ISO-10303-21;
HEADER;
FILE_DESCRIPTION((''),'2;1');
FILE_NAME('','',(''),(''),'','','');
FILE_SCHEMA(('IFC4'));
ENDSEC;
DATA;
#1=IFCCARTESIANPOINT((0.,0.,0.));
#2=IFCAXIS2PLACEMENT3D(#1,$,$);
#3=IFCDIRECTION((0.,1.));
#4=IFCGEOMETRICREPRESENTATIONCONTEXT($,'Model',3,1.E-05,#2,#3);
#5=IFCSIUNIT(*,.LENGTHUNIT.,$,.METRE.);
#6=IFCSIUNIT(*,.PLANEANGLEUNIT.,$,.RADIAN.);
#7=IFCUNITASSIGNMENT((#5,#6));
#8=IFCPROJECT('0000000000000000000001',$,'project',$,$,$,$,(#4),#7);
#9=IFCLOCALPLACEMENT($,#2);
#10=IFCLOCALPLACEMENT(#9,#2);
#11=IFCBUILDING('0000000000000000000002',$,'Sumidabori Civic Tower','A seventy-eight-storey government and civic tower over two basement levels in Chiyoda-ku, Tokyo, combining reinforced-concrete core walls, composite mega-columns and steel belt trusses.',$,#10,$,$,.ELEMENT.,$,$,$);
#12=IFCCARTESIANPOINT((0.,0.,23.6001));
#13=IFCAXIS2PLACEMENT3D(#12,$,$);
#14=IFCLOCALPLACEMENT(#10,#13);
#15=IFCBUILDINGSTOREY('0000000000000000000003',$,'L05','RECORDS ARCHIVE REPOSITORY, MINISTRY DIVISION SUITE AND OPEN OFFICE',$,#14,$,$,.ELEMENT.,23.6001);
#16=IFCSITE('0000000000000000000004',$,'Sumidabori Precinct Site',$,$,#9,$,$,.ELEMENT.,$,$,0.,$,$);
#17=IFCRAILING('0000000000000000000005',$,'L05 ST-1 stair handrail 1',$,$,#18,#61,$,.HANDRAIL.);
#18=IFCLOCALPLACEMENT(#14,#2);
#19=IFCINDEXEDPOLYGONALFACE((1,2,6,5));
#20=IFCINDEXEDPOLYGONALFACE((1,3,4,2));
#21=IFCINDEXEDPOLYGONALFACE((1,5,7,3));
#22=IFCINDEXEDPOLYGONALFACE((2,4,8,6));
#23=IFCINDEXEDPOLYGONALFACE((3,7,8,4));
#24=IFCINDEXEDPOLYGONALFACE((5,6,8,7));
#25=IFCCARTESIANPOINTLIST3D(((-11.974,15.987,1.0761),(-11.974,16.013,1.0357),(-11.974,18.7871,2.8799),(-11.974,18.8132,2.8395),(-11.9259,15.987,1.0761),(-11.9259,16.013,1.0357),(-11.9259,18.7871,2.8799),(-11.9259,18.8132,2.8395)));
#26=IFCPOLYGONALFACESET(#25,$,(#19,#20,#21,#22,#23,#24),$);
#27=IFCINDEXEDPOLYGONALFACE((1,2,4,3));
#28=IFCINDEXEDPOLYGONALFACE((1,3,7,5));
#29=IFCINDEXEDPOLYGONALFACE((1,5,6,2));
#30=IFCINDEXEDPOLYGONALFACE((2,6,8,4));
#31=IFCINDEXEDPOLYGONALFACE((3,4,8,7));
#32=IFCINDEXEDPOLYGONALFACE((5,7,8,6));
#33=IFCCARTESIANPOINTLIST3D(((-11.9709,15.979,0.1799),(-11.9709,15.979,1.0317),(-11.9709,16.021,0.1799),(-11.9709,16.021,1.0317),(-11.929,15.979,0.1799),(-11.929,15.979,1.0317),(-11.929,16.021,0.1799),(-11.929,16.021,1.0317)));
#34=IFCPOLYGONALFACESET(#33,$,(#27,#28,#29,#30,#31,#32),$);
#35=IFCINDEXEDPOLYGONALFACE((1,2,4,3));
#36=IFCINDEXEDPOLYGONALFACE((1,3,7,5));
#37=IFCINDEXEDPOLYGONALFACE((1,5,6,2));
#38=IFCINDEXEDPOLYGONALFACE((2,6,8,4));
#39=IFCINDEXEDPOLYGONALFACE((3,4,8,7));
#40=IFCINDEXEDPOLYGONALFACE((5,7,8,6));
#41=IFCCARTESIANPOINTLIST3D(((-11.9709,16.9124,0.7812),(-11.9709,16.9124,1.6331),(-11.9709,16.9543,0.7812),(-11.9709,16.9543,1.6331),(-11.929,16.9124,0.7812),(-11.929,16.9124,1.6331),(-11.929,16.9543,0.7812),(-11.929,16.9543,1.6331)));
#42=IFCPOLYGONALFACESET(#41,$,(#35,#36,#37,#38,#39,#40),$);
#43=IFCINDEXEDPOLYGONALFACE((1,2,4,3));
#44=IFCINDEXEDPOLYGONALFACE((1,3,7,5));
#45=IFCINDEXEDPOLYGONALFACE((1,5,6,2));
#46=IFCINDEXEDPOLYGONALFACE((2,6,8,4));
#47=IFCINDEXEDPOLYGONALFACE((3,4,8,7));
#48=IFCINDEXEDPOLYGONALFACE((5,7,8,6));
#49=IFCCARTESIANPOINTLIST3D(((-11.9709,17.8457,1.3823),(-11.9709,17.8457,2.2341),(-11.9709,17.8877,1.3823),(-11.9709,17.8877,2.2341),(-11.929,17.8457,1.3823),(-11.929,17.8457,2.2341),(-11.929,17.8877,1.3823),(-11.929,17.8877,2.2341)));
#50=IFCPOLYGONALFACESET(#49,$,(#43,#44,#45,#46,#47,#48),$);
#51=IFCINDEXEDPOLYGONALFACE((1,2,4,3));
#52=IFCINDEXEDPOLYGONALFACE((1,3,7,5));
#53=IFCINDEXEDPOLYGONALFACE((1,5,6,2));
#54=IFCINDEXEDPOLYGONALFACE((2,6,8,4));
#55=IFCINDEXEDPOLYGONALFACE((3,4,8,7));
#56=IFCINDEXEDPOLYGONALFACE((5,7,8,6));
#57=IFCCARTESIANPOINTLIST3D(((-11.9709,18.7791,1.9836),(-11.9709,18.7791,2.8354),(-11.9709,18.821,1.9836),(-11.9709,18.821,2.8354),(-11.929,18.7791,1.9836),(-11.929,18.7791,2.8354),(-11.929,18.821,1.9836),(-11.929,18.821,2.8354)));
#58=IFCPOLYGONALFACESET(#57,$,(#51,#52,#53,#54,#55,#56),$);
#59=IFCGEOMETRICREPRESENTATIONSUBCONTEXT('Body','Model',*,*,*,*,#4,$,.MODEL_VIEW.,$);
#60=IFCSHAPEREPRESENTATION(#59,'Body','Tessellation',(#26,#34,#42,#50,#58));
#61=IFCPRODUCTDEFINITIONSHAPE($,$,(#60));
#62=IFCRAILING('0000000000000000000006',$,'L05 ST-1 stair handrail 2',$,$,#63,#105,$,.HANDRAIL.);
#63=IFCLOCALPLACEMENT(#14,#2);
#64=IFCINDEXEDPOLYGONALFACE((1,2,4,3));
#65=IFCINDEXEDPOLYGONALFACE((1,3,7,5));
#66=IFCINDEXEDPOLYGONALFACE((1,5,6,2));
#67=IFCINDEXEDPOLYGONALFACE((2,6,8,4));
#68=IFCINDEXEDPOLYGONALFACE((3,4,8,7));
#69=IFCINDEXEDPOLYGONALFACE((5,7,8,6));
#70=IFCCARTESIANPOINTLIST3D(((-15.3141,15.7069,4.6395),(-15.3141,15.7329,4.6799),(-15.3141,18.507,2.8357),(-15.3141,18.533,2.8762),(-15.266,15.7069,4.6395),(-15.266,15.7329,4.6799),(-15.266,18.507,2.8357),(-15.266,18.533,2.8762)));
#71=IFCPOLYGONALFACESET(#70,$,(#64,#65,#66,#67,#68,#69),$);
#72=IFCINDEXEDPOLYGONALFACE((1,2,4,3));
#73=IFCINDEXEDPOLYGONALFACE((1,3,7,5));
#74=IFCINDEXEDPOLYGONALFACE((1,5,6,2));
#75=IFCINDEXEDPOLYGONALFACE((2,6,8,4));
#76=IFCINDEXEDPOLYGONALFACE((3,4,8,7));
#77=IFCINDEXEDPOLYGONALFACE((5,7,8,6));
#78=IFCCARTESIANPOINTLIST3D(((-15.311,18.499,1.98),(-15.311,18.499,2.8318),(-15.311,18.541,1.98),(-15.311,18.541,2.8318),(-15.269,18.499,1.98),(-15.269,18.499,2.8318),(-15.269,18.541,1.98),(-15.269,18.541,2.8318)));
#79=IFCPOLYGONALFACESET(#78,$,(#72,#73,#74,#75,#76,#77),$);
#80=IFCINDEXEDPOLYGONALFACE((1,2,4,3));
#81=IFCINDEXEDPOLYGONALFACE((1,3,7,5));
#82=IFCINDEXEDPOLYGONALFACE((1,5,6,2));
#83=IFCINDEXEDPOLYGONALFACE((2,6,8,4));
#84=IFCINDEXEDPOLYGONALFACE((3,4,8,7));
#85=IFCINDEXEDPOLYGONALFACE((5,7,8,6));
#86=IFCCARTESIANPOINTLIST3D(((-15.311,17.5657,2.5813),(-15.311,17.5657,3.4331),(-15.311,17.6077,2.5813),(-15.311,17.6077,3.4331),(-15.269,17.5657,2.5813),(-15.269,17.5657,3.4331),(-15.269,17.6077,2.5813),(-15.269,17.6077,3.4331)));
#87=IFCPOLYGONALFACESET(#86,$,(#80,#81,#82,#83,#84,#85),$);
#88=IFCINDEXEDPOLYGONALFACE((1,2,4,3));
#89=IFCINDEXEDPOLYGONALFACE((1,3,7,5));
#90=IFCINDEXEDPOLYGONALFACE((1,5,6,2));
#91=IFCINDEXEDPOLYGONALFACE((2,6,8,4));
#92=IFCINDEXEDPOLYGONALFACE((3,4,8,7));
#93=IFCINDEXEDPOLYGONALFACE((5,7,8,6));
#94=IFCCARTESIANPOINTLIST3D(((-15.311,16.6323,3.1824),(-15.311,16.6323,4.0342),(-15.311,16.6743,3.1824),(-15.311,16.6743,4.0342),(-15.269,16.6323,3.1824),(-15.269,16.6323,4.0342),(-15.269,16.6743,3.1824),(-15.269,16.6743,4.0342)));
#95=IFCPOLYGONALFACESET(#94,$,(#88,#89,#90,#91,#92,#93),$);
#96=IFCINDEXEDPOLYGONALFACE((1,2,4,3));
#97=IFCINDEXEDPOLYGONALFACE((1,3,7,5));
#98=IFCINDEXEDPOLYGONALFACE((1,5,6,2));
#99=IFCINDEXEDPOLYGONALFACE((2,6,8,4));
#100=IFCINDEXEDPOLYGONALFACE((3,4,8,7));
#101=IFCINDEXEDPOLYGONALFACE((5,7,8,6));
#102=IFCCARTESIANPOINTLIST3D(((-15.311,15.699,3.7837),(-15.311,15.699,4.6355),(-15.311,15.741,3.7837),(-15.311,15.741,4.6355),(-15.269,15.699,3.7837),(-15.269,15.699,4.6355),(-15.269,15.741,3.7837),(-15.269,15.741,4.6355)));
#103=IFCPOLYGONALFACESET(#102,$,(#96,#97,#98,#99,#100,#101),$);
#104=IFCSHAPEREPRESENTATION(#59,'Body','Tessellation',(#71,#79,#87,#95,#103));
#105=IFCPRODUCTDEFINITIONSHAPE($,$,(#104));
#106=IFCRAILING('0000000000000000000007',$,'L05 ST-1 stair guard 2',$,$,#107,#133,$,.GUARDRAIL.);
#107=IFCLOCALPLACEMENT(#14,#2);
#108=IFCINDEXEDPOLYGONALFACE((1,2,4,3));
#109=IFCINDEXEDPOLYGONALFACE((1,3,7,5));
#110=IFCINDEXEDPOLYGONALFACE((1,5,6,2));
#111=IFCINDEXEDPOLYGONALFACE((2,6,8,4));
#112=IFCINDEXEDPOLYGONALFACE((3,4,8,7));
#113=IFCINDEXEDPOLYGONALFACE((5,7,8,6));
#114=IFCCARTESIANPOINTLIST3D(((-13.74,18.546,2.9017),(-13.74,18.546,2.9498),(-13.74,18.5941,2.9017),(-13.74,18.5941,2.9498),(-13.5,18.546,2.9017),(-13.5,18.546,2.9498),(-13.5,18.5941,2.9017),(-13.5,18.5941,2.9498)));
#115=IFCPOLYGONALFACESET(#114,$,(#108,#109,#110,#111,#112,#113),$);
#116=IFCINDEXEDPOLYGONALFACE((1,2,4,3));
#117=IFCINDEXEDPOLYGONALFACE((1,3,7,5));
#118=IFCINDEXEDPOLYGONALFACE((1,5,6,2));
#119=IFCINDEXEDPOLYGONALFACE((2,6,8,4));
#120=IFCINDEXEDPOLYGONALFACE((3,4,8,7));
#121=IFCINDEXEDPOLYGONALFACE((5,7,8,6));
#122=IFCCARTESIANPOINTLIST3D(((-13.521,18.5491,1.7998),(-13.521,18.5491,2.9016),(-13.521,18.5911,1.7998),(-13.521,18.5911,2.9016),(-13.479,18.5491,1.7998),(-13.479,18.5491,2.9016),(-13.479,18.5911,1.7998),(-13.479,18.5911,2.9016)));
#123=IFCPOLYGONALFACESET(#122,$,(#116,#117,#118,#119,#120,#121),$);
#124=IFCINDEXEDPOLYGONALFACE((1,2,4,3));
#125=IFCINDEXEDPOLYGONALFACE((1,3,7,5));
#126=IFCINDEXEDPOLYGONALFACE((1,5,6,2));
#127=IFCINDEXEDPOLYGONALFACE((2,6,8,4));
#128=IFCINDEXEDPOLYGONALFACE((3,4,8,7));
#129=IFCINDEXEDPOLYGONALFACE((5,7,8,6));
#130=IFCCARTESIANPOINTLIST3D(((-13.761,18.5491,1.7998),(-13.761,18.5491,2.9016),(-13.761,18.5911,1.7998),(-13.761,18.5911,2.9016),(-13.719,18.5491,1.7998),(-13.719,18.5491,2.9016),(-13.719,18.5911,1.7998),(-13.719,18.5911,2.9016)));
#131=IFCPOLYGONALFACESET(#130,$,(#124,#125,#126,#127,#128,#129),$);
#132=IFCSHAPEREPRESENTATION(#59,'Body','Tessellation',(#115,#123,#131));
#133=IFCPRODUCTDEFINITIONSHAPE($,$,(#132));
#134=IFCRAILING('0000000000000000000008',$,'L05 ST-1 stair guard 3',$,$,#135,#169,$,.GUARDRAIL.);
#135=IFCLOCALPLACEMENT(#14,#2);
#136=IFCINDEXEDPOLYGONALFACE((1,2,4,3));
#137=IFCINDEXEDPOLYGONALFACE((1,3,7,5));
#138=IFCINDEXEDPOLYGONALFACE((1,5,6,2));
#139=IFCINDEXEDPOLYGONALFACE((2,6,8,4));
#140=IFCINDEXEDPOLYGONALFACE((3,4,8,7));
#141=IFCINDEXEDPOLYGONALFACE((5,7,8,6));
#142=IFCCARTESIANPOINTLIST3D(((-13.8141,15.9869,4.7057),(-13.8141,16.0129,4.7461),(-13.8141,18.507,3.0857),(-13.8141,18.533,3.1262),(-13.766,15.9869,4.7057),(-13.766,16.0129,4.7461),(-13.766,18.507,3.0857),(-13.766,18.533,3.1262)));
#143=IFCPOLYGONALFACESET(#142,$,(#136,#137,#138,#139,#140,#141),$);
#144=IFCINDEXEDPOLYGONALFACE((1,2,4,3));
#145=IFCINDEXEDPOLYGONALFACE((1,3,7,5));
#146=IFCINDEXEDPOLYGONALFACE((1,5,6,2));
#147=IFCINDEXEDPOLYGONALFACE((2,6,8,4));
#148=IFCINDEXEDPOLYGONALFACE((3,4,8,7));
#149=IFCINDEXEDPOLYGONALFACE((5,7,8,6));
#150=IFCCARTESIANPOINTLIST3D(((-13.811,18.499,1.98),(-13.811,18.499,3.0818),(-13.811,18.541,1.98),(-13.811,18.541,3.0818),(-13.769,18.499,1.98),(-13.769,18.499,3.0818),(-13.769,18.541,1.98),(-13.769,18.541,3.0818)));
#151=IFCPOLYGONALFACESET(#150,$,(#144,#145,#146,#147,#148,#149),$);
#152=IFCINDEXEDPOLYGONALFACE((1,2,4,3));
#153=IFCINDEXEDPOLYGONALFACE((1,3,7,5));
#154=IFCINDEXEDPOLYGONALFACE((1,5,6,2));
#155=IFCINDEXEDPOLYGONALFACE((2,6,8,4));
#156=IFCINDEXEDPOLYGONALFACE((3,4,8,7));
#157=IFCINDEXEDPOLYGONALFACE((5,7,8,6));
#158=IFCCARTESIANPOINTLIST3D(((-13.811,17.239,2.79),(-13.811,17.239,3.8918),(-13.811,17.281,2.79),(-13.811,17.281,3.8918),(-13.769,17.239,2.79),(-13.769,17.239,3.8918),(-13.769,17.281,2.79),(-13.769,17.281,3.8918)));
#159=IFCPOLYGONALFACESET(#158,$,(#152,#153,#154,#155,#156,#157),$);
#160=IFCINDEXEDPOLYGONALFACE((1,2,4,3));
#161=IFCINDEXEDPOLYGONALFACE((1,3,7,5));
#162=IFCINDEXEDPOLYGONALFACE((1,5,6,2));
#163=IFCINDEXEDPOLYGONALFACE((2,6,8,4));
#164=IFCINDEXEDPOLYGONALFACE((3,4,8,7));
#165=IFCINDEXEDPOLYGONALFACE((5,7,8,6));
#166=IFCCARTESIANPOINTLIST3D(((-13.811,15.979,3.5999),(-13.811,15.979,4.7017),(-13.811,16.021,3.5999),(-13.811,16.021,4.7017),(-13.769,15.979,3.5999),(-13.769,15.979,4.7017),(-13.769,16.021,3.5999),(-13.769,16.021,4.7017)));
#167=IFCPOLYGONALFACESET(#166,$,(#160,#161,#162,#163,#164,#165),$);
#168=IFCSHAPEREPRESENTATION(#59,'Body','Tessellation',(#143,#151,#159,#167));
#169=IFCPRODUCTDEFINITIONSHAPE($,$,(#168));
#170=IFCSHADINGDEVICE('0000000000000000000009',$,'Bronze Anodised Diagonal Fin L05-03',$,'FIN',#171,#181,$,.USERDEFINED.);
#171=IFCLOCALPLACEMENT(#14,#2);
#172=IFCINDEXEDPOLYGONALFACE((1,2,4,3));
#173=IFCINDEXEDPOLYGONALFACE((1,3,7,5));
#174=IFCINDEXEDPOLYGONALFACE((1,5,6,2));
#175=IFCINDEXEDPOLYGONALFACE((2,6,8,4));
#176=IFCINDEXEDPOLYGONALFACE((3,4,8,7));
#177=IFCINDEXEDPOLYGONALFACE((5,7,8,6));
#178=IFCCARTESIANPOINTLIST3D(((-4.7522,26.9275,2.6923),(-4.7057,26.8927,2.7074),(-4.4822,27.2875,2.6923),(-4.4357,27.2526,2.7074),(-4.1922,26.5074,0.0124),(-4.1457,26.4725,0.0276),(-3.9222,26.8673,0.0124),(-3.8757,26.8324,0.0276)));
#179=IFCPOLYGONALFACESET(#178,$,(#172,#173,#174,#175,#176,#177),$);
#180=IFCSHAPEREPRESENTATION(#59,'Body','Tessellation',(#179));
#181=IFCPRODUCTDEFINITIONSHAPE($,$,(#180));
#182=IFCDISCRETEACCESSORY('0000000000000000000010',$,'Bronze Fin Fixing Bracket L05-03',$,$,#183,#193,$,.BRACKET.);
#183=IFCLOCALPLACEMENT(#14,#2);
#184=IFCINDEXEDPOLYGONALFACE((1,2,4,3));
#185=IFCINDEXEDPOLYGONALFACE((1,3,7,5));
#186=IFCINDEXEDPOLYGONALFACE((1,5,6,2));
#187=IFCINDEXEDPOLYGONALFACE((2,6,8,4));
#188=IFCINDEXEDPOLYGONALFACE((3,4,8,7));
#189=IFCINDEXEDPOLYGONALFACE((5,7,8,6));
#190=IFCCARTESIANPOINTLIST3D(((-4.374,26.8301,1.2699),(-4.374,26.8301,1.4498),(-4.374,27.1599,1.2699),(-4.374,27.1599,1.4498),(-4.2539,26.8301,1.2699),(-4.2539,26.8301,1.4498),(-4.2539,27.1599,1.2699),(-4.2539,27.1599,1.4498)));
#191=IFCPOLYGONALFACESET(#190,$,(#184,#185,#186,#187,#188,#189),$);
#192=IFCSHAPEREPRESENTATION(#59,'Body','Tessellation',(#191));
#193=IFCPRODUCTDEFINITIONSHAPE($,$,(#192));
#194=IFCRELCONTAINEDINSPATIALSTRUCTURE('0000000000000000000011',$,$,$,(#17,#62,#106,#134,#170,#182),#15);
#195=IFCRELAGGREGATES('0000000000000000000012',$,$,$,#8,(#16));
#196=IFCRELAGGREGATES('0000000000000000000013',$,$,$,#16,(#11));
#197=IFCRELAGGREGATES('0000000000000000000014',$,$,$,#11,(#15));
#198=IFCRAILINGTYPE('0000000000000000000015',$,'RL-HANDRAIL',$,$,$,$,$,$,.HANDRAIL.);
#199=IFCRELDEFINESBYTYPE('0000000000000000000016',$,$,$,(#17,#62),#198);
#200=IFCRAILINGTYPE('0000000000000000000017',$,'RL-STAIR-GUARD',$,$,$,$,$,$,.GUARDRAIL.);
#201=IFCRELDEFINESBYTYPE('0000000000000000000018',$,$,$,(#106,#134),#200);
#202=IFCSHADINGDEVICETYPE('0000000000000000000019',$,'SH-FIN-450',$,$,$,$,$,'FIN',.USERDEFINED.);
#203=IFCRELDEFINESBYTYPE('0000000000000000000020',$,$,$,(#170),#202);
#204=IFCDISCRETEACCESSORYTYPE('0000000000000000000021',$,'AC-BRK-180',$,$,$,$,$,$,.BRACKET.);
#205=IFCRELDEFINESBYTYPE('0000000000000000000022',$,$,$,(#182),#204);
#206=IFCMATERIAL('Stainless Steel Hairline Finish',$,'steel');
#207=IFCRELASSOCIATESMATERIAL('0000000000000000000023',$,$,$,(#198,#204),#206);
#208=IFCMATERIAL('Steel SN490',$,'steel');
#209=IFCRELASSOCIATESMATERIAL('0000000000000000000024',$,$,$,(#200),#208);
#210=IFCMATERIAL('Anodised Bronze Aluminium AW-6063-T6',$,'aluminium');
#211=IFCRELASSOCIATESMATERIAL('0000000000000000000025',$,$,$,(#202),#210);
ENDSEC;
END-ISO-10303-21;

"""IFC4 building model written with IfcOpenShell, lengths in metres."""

from ifc_helpers import new_model, si_unit, direction, frame, origin, origin_2d, place, context, subcontext, project, spatial, rectangle, extrude, source, transform, mapped, material, material_profile, profile_set, type_object, element, save


model = new_model("IFC4")

# Units and contexts
model_context = context("Model", 3, precision=1e-05, world=origin(), true_north=direction((0.0, 1.0)))
body_context = subcontext(model_context, "Body", "Model", "MODEL_VIEW")
ifc_project = project(units=[si_unit("LENGTHUNIT", "METRE"), si_unit("PLANEANGLEUNIT", "RADIAN")], contexts=[model_context])

# Site, building, storey
site_placement = place(None, origin())
site = spatial("IfcSite", under=ifc_project, at=site_placement, Name="Sumidabori Precinct Site", CompositionType="ELEMENT", RefElevation=0.0)
building_placement = place(site_placement, origin())
building = spatial("IfcBuilding", under=site, at=building_placement, Name="Sumidabori Civic Tower", Description="A seventy-eight-storey government and civic tower over two basement levels in Chiyoda-ku, Tokyo, combining reinforced-concrete core walls, composite mega-columns and steel belt trusses.", CompositionType="ELEMENT")
storey_placement = place(building_placement, frame((0.0, 0.0, 23.6001)))
storey = spatial("IfcBuildingStorey", under=building, at=storey_placement, Name="L05", Description="RECORDS ARCHIVE REPOSITORY, MINISTRY DIVISION SUITE AND OPEN OFFICE", CompositionType="ELEMENT", Elevation=23.6001)

# Shared definitions
ifc_material_1 = material(Name="Anodised Bronze Aluminium AW-6063-T6", Category="aluminium")

# Railings
ifc_material_2 = material(Name="Stainless Steel Hairline Finish", Category="steel")
railing_type_1 = type_object("IfcRailingType", Name="RL-HANDRAIL", PredefinedType="HANDRAIL", material=ifc_material_2)
railing_1_placement = place(storey_placement, frame((-11.95, 16.0, 0.1799)))
element("IfcRailing", 1, at=railing_1_placement, inside=storey, type_object=railing_type_1, Name="L05 ST-1 stair handrail 1", PredefinedType="HANDRAIL", context=body_context, shape_type="SweptSolid", body=[
    extrude(rectangle(XDim=0.0481, YDim=0.0481, at=origin_2d()), frame((0.0, 0.0, 0.876), z_axis=(0.0, 0.840676, 0.541539), x_axis=(-1.0, 0.0, 0.0)), (0.0, 0.0, 1.0), 3.3308),
    extrude(rectangle(XDim=0.042, YDim=0.042, at=origin_2d()), origin(), (0.0, 0.0, 1.0), 0.8518),
    extrude(rectangle(XDim=0.042, YDim=0.042, at=origin_2d()), frame((0.0, 0.9333, 0.6013)), (0.0, 0.0, 1.0), 0.8518),
    extrude(rectangle(XDim=0.042, YDim=0.042, at=origin_2d()), frame((0.0, 1.8667, 1.2024)), (0.0, 0.0, 1.0), 0.8518),
    extrude(rectangle(XDim=0.042, YDim=0.042, at=origin_2d()), frame((0.0, 2.8, 1.8037)), (0.0, 0.0, 1.0), 0.8518),
])
railing_2_placement = place(storey_placement, frame((-15.29, 18.52, 1.98)))
element("IfcRailing", 2, at=railing_2_placement, inside=storey, type_object=railing_type_1, Name="L05 ST-1 stair handrail 2", PredefinedType="HANDRAIL", context=body_context, shape_type="SweptSolid", body=[
    extrude(rectangle(XDim=0.0481, YDim=0.0481, at=origin_2d()), frame((0.0, 0.0, 0.876), z_axis=(0.0, -0.840676, 0.541539), x_axis=(1.0, 0.0, 0.0)), (0.0, 0.0, 1.0), 3.3308),
    extrude(rectangle(XDim=0.042, YDim=0.042, at=origin_2d()), origin(), (0.0, 0.0, 1.0), 0.8518),
    extrude(rectangle(XDim=0.042, YDim=0.042, at=origin_2d()), frame((0.0, -0.9333, 0.6013)), (0.0, 0.0, 1.0), 0.8518),
    extrude(rectangle(XDim=0.042, YDim=0.042, at=origin_2d()), frame((0.0, -1.8667, 1.2024)), (0.0, 0.0, 1.0), 0.8518),
    extrude(rectangle(XDim=0.042, YDim=0.042, at=origin_2d()), frame((0.0, -2.8, 1.8037)), (0.0, 0.0, 1.0), 0.8518),
])
ifc_material_3 = material(Name="Steel SN490", Category="steel")
railing_type_2 = type_object("IfcRailingType", Name="RL-STAIR-GUARD", PredefinedType="GUARDRAIL", material=ifc_material_3)
railing_3_placement = place(storey_placement, frame((-13.5, 18.5701, 1.7998)))
element("IfcRailing", 3, at=railing_3_placement, inside=storey, type_object=railing_type_2, Name="L05 ST-1 stair guard 2", PredefinedType="GUARDRAIL", context=body_context, shape_type="SweptSolid", body=[
    extrude(rectangle(XDim=0.0481, YDim=0.0481, at=origin_2d()), frame((0.0, 0.0, 1.126), z_axis=(-1.0, 0.0, 0.0), x_axis=(0.0, -1.0, 0.0)), (0.0, 0.0, 1.0), 0.24),
    extrude(rectangle(XDim=0.042, YDim=0.042, at=origin_2d()), origin(), (0.0, 0.0, 1.0), 1.1018),
    extrude(rectangle(XDim=0.042, YDim=0.042, at=origin_2d()), frame((-0.24, 0.0, 0.0)), (0.0, 0.0, 1.0), 1.1018),
])
railing_4_placement = place(storey_placement, frame((-13.79, 18.52, 1.98)))
element("IfcRailing", 4, at=railing_4_placement, inside=storey, type_object=railing_type_2, Name="L05 ST-1 stair guard 3", PredefinedType="GUARDRAIL", context=body_context, shape_type="SweptSolid", body=[
    extrude(rectangle(XDim=0.0481, YDim=0.0481, at=origin_2d()), frame((0.0, 0.0, 1.126), z_axis=(0.0, -0.8412, 0.540725), x_axis=(1.0, 0.0, 0.0)), (0.0, 0.0, 1.0), 2.9958),
    extrude(rectangle(XDim=0.042, YDim=0.042, at=origin_2d()), origin(), (0.0, 0.0, 1.0), 1.1018),
    extrude(rectangle(XDim=0.042, YDim=0.042, at=origin_2d()), frame((0.0, -1.26, 0.8101)), (0.0, 0.0, 1.0), 1.1018),
    extrude(rectangle(XDim=0.042, YDim=0.042, at=origin_2d()), frame((0.0, -2.52, 1.6199)), (0.0, 0.0, 1.0), 1.1018),
])

# Shading device
ifc_material_profile_1 = material_profile(ifc_material_1, rectangle(XDim=0.0601, YDim=0.45, at=origin_2d()), Name="BRONZE FIN 450x60")
ifc_profile_set_1 = profile_set([ifc_material_profile_1], Name="Anodised Bronze Aluminium AW-6063-T6")
shading_device_type = type_object("IfcShadingDeviceType", Name="SH-FIN-450", ElementType="FIN", PredefinedType="USERDEFINED", material=ifc_profile_set_1)
shared_shape_1 = source(origin(), body_context, "Body", "SweptSolid", [
    extrude(rectangle(XDim=0.0601, YDim=0.45, at=origin_2d()), origin(), (0.0, 0.0, 1.0), 2.7698),
])
shading_device_placement = place(storey_placement, frame((-4.0339, 26.6699, 0.02), z_axis=(-0.202196, 0.151691, 0.967526), x_axis=(0.77394, -0.580624, 0.252771)))
element("IfcShadingDevice", 5, at=shading_device_placement, inside=storey, type_object=shading_device_type, Name="Bronze Anodised Diagonal Fin L05-03", ObjectType="FIN", PredefinedType="USERDEFINED", context=body_context, shape_type="MappedRepresentation", body=[
    mapped(shared_shape_1, transform((0.0, 0.0, 0.0), x_axis=(1.0, 0.0, 0.0), y_axis=(0.0, 1.0, 0.0), z_axis=(0.0, 0.0, 1.0), scale=1.0)),
])

# Discrete accessory
ifc_material_profile_2 = material_profile(ifc_material_2, rectangle(XDim=0.1201, YDim=0.1799, at=origin_2d()), Name="STEEL BRACKET 180x120")
ifc_profile_set_2 = profile_set([ifc_material_profile_2], Name="Stainless Steel Hairline Finish")
discrete_accessory_type = type_object("IfcDiscreteAccessoryType", Name="AC-BRK-180", PredefinedType="BRACKET", material=ifc_profile_set_2)
shared_shape_2 = source(origin(), body_context, "Body", "SweptSolid", [
    extrude(rectangle(XDim=0.1201, YDim=0.1799, at=origin_2d()), origin(), (0.0, 0.0, 1.0), 0.3298),
])
discrete_accessory_placement = place(storey_placement, frame((-4.314, 26.8301, 1.3599), z_axis=(0.0, 1.0, 0.0), x_axis=(-1.0, 0.0, 0.0)))
element("IfcDiscreteAccessory", 6, at=discrete_accessory_placement, inside=storey, type_object=discrete_accessory_type, Name="Bronze Fin Fixing Bracket L05-03", PredefinedType="BRACKET", context=body_context, shape_type="MappedRepresentation", body=[
    mapped(shared_shape_2, transform((0.0, 0.0, 0.0), x_axis=(1.0, 0.0, 0.0), y_axis=(0.0, 1.0, 0.0), z_axis=(0.0, 0.0, 1.0), scale=1.0)),
])

save(model, "model.ifc")
